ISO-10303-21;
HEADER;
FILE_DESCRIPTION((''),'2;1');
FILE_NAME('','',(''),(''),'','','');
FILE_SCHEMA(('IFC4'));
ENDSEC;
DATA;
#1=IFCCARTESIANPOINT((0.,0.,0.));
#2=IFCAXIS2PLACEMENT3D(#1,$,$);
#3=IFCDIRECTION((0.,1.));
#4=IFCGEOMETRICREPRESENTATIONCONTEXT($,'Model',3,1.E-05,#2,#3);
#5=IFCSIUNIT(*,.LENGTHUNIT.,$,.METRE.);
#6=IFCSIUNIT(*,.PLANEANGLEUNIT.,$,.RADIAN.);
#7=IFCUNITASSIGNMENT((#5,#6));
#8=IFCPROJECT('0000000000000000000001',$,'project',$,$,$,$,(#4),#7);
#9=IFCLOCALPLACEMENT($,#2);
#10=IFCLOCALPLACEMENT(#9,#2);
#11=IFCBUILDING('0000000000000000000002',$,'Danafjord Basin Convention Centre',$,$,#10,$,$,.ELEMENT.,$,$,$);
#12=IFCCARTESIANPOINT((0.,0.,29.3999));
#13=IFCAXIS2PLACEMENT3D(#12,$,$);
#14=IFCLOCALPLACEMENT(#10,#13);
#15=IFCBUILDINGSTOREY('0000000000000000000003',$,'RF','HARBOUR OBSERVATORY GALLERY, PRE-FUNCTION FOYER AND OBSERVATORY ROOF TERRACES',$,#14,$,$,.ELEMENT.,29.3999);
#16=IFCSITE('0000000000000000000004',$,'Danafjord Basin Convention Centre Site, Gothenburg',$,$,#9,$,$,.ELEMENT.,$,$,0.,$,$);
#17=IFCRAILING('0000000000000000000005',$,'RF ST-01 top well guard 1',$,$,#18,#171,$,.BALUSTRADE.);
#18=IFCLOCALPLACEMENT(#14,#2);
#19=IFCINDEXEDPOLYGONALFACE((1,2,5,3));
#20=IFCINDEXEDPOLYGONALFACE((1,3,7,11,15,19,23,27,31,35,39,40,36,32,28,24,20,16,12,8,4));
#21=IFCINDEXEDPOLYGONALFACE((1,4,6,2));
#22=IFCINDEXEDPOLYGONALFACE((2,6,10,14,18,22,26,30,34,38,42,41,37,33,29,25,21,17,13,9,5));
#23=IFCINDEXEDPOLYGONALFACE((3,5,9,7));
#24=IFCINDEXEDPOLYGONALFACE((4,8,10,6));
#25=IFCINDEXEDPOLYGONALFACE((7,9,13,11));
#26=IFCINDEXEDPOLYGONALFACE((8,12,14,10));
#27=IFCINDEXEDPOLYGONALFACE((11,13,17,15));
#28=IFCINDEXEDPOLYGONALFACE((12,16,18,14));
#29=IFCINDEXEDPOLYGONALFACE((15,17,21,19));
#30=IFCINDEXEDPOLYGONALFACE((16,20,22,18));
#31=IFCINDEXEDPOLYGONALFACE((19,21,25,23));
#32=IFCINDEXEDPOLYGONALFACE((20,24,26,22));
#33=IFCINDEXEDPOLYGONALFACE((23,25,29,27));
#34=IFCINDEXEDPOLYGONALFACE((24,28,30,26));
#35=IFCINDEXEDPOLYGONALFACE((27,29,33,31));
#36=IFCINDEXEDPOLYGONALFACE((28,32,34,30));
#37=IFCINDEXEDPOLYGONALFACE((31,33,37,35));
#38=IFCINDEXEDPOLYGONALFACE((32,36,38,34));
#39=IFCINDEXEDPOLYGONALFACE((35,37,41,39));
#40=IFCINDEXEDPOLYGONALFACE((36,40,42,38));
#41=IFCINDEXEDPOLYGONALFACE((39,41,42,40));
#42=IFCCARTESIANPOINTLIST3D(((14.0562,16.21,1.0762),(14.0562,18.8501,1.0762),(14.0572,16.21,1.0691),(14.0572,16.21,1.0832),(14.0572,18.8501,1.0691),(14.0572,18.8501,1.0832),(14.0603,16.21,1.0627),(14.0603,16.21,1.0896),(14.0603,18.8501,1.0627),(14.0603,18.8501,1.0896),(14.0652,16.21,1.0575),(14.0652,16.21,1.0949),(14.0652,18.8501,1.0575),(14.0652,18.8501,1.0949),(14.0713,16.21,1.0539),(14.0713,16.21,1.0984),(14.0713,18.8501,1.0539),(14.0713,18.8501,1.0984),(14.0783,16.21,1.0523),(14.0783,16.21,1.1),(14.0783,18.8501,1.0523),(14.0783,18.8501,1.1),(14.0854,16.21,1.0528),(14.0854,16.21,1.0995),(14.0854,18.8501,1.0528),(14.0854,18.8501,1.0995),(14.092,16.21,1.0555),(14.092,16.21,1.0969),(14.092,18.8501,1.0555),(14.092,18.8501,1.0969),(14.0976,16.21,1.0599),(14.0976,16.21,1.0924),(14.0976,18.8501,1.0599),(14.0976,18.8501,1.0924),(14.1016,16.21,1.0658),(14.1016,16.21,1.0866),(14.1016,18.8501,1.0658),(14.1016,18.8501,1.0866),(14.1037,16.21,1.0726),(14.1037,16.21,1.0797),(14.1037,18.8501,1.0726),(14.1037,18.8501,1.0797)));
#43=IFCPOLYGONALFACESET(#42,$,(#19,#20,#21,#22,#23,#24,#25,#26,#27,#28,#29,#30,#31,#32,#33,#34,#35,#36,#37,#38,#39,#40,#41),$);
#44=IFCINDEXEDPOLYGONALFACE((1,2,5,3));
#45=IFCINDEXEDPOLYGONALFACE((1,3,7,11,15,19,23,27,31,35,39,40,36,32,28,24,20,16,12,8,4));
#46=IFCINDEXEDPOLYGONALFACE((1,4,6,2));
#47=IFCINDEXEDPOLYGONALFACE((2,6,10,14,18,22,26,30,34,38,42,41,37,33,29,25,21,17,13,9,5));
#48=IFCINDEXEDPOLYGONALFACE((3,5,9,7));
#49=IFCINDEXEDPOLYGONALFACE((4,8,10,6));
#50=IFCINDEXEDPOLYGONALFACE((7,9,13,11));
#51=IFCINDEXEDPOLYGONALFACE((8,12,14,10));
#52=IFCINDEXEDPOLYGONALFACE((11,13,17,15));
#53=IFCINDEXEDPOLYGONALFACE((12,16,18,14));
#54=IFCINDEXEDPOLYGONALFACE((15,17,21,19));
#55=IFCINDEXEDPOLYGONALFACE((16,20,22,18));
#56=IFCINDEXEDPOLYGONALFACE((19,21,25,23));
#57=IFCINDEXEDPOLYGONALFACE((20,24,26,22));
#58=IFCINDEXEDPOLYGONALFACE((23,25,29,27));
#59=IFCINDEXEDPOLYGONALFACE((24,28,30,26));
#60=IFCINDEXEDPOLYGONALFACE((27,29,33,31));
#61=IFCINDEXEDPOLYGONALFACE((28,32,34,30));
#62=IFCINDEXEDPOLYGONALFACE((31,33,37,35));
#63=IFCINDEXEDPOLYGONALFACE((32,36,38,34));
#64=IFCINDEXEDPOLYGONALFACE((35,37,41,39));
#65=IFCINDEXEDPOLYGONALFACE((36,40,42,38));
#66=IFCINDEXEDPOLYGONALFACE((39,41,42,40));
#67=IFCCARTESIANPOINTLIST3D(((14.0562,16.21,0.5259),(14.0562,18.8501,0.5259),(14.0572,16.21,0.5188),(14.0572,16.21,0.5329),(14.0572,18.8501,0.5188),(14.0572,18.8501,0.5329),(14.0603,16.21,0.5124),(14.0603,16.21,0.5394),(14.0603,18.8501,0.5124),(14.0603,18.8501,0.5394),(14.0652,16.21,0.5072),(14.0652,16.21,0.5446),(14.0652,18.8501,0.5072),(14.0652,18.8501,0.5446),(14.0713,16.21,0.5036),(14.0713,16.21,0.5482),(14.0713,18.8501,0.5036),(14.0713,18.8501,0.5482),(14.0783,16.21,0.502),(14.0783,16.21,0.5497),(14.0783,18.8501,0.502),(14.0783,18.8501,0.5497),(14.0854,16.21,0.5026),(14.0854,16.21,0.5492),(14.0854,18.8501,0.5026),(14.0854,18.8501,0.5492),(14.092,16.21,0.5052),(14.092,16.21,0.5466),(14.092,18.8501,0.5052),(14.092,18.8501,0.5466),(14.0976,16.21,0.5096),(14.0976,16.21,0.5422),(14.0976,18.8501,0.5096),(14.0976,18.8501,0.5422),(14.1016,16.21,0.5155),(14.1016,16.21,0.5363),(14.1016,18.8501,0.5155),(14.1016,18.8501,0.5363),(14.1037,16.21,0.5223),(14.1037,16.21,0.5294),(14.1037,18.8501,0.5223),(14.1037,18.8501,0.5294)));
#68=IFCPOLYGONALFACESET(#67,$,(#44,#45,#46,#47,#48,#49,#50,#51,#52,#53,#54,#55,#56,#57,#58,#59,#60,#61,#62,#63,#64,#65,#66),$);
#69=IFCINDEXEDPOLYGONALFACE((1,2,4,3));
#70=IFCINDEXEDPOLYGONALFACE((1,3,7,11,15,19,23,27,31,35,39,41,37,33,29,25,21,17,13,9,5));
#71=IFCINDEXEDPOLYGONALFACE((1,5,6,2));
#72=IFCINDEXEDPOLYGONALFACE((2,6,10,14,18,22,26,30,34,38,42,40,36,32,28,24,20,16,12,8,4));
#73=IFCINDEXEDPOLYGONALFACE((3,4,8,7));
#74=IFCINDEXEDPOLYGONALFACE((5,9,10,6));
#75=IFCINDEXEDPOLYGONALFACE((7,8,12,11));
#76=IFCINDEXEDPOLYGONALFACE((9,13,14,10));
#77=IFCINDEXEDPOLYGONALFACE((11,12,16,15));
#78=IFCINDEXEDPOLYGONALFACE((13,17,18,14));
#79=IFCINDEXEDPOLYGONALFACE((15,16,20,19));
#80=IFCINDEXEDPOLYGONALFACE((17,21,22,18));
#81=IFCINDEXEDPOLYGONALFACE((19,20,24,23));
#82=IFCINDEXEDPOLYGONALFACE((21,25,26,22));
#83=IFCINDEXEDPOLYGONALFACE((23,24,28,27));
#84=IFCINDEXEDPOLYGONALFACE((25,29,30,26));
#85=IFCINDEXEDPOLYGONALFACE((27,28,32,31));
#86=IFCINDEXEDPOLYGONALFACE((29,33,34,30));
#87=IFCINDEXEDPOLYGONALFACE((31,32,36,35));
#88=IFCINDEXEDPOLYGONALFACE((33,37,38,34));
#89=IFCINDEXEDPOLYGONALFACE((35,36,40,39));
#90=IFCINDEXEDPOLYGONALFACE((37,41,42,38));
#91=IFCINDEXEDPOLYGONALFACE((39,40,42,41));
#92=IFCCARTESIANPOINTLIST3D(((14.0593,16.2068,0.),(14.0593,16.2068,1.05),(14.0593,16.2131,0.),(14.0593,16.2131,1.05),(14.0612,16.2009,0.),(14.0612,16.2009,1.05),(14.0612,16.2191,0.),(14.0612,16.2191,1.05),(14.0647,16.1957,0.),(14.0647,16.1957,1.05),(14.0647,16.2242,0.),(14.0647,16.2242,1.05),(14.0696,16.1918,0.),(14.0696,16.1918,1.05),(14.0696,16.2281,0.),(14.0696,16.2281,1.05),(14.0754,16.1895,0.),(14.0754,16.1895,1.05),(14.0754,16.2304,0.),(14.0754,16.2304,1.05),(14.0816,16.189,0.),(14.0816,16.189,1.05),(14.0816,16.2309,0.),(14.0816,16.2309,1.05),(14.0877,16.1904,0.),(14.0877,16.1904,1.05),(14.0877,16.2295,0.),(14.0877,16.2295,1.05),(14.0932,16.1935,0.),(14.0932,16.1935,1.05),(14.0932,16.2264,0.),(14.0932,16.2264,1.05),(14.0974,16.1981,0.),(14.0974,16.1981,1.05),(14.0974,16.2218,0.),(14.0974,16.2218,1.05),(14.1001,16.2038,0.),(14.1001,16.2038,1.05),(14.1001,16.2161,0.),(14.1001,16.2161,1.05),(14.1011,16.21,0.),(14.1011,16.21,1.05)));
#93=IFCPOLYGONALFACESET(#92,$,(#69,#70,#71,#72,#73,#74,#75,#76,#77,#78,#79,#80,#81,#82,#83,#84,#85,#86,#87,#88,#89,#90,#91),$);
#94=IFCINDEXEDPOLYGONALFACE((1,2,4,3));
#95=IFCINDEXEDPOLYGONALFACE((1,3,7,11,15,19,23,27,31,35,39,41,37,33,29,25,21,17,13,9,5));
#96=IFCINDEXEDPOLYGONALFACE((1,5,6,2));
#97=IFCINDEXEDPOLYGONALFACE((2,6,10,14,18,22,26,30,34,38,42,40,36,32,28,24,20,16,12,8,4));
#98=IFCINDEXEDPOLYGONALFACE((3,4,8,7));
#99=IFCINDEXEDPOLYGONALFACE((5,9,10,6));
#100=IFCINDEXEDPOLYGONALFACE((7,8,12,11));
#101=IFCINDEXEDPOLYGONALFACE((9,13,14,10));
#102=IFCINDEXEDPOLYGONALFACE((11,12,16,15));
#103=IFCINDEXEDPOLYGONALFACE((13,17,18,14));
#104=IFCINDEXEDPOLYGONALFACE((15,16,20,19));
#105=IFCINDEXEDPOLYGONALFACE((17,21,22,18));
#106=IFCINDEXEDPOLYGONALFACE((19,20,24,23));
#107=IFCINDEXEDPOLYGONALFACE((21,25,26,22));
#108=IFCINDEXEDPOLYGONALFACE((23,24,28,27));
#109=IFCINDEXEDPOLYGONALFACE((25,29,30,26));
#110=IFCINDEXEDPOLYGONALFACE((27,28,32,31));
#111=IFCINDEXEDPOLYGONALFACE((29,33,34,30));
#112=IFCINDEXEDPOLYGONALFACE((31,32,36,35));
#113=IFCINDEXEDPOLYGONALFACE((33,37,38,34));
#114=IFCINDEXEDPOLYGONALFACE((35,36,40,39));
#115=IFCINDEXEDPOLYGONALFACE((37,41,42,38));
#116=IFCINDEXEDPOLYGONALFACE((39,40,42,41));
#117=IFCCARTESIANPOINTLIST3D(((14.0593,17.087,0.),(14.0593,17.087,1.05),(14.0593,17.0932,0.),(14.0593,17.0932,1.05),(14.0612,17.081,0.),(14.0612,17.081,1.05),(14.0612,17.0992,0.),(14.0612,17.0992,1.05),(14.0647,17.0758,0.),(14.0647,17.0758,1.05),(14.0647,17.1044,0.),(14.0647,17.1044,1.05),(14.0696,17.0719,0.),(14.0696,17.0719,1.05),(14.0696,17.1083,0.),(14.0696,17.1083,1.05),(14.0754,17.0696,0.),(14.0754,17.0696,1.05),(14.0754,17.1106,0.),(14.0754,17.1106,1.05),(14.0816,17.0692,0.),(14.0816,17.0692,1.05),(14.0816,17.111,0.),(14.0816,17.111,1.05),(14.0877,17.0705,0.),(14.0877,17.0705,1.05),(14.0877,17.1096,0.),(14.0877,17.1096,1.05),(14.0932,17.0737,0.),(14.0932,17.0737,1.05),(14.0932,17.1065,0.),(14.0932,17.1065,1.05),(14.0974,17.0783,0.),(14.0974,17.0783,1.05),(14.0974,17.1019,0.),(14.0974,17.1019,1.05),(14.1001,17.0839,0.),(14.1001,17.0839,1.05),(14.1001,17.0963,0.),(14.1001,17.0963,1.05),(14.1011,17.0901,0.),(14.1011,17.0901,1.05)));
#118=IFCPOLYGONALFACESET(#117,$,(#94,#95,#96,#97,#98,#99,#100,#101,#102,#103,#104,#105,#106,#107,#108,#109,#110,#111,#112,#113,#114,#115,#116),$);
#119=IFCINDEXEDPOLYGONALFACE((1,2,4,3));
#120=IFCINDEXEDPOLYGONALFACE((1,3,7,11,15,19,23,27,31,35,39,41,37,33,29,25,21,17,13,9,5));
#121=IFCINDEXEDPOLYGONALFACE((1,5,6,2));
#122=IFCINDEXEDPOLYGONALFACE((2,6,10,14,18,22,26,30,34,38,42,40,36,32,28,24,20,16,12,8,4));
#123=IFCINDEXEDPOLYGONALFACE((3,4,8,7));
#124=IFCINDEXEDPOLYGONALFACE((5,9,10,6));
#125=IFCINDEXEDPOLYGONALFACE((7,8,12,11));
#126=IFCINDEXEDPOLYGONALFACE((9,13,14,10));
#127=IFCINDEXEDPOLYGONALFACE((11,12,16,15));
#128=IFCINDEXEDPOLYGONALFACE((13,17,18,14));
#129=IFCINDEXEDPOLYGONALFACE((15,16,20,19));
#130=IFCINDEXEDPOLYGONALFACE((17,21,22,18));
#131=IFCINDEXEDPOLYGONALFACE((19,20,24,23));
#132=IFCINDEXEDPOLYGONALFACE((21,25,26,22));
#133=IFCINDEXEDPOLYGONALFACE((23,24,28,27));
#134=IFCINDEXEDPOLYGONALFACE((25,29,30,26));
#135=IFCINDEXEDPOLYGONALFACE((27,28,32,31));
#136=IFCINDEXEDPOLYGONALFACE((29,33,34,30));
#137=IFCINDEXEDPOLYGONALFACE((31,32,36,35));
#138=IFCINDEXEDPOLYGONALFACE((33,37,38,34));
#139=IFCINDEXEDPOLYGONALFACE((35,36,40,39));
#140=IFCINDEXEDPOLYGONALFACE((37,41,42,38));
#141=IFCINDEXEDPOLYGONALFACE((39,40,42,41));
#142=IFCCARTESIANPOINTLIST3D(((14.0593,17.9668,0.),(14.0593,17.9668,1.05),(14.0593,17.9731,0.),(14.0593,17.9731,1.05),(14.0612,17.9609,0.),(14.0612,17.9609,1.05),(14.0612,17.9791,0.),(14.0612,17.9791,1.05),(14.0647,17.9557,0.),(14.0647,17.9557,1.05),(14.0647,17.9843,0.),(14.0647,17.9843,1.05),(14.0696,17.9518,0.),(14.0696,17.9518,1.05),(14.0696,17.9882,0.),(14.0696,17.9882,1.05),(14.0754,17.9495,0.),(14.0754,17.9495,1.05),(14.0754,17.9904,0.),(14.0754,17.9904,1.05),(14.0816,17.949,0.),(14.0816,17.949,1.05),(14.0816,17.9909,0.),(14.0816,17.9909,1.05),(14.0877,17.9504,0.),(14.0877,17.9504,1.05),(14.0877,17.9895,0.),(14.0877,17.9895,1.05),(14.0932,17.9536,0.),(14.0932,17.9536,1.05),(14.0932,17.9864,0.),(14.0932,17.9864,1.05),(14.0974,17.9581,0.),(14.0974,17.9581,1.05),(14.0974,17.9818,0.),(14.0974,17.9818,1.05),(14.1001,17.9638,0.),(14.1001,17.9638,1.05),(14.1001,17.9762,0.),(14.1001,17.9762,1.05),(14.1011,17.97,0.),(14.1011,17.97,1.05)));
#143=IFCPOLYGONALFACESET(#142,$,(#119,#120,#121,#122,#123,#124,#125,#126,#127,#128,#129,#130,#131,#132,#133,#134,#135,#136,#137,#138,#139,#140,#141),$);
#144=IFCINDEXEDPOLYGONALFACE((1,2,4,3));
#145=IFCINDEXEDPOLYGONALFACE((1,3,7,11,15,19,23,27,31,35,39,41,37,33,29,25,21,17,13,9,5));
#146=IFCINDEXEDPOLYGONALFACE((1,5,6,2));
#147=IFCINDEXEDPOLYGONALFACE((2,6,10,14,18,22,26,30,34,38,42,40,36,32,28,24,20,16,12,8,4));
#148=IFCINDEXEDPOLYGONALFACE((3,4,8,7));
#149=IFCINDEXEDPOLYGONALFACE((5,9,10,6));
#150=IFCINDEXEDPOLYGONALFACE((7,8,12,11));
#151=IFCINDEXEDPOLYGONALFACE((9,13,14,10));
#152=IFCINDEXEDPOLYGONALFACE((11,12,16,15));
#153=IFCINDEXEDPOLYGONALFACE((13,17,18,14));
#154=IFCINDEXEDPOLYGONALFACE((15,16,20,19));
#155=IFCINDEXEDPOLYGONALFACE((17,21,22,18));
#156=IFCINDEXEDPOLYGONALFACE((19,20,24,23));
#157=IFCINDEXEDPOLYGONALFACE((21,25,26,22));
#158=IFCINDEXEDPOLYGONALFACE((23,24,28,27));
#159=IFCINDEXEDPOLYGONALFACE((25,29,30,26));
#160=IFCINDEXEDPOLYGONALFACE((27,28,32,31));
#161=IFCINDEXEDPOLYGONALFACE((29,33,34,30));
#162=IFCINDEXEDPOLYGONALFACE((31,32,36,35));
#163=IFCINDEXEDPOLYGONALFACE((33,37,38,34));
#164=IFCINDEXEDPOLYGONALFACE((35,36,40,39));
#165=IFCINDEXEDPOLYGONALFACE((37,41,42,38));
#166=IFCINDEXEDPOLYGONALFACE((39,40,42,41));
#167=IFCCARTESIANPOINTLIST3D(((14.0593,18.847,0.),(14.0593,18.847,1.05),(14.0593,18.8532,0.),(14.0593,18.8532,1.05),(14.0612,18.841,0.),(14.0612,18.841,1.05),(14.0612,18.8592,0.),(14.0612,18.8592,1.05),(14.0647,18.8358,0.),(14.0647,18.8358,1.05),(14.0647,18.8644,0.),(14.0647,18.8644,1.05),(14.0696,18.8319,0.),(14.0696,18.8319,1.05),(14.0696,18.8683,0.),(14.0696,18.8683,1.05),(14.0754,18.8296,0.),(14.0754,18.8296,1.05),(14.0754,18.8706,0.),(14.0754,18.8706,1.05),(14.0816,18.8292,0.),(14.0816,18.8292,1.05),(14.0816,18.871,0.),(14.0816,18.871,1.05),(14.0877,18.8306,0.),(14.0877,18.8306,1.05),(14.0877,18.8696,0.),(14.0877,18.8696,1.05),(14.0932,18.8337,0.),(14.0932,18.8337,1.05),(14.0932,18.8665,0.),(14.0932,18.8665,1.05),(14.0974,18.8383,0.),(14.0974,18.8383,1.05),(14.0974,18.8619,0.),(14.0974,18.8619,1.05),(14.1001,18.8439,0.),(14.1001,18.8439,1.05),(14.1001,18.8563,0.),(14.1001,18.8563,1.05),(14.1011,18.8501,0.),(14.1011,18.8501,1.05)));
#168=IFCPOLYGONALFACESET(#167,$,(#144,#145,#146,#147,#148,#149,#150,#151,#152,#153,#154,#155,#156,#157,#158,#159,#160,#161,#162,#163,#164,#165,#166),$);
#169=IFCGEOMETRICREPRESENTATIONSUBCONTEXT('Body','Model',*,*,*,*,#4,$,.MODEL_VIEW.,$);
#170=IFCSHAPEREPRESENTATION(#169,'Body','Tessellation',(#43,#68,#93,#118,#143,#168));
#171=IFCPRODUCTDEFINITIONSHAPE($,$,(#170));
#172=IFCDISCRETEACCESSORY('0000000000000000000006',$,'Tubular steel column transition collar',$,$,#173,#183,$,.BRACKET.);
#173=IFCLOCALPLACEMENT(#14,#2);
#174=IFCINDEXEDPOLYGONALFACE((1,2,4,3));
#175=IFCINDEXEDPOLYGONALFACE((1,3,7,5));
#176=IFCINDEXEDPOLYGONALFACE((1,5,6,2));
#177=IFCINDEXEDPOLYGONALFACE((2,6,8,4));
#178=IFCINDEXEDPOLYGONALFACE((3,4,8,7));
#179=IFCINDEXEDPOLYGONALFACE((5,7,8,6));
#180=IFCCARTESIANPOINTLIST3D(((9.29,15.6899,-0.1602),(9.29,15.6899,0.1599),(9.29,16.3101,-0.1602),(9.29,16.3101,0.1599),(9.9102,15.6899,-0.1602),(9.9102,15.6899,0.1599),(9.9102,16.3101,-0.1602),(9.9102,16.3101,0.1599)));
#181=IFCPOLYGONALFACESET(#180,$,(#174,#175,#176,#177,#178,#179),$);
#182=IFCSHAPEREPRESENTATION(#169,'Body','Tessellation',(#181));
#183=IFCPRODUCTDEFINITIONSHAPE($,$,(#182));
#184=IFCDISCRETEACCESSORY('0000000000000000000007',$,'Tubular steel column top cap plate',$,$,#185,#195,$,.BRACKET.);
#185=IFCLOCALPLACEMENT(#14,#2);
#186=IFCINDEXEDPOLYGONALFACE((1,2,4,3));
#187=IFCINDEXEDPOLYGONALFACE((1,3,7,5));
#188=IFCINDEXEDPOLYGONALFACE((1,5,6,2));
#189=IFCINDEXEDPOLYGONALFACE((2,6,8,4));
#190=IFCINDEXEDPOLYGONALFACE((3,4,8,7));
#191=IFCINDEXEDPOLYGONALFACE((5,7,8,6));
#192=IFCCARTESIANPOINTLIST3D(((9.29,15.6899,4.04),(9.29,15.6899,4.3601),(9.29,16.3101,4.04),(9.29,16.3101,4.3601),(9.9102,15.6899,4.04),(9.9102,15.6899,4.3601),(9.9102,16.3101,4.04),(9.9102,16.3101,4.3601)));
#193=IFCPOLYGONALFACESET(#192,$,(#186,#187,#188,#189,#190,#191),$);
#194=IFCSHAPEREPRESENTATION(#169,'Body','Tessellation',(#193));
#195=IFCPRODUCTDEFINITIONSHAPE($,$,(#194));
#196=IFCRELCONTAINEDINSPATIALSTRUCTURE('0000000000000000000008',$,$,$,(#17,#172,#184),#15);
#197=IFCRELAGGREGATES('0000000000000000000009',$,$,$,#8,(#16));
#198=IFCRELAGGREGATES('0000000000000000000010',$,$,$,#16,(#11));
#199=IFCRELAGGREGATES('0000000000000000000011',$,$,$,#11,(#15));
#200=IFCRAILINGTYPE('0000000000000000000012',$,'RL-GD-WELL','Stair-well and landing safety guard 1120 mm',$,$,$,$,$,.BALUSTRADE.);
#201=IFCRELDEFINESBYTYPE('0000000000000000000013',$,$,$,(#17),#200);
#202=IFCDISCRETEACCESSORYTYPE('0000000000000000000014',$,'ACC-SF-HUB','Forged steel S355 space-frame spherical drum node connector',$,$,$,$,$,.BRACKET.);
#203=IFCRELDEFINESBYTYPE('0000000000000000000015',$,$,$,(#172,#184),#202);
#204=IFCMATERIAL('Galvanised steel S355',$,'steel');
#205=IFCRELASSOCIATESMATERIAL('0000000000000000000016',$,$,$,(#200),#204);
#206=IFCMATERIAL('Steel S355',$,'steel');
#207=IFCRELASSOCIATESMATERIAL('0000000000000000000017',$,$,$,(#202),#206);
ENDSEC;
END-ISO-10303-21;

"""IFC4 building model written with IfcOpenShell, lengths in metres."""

from ifc_helpers import new_model, si_unit, direction, frame, origin, origin_2d, place, context, subcontext, project, spatial, rectangle, circle, extrude, material, type_object, element, save


model = new_model("IFC4")

# Units and contexts
model_context = context("Model", 3, precision=1e-05, world=origin(), true_north=direction((0.0, 1.0)))
body_context = subcontext(model_context, "Body", "Model", "MODEL_VIEW")
ifc_project = project(units=[si_unit("LENGTHUNIT", "METRE"), si_unit("PLANEANGLEUNIT", "RADIAN")], contexts=[model_context])

# Site, building, storey
site_placement = place(None, origin())
site = spatial("IfcSite", under=ifc_project, at=site_placement, Name="Danafjord Basin Convention Centre Site, Gothenburg", CompositionType="ELEMENT", RefElevation=0.0)
building_placement = place(site_placement, origin())
building = spatial("IfcBuilding", under=site, at=building_placement, Name="Danafjord Basin Convention Centre", CompositionType="ELEMENT")
storey_placement = place(building_placement, frame((0.0, 0.0, 29.3999)))
storey = spatial("IfcBuildingStorey", under=building, at=storey_placement, Name="RF", Description="HARBOUR OBSERVATORY GALLERY, PRE-FUNCTION FOYER AND OBSERVATORY ROOF TERRACES", CompositionType="ELEMENT", Elevation=29.3999)

# Shared definitions
ifc_material_1 = material(Name="Steel S355", Category="steel")

# Railing
ifc_material_2 = material(Name="Galvanised steel S355", Category="steel")
railing_type = type_object("IfcRailingType", Name="RL-GD-WELL", Description="Stair-well and landing safety guard 1120 mm", PredefinedType="BALUSTRADE", material=ifc_material_2)
railing_placement = place(storey_placement, frame((14.0801, 16.21, 0.0)))
element("IfcRailing", 1, at=railing_placement, inside=storey, type_object=railing_type, Name="RF ST-01 top well guard 1", PredefinedType="BALUSTRADE", context=body_context, shape_type="SweptSolid", body=[
    extrude(circle(Radius=0.0239, at=origin_2d()), frame((0.0, 0.0, 1.0762), z_axis=(0.0, 1.0, 0.0), x_axis=(-1.0, 0.0, 0.0)), (0.0, 0.0, 1.0), 2.6401),
    extrude(circle(Radius=0.0239, at=origin_2d()), frame((0.0, 0.0, 0.5259), z_axis=(0.0, 1.0, 0.0), x_axis=(-1.0, 0.0, 0.0)), (0.0, 0.0, 1.0), 2.6401),
    extrude(circle(Radius=0.021, at=origin_2d()), origin(), (0.0, 0.0, 1.0), 1.05),
    extrude(circle(Radius=0.021, at=origin_2d()), frame((0.0, 0.8801, 0.0)), (0.0, 0.0, 1.0), 1.05),
    extrude(circle(Radius=0.021, at=origin_2d()), frame((0.0, 1.76, 0.0)), (0.0, 0.0, 1.0), 1.05),
    extrude(circle(Radius=0.021, at=origin_2d()), frame((0.0, 2.6401, 0.0)), (0.0, 0.0, 1.0), 1.05),
])

# Discrete accessories
discrete_accessory_type = type_object("IfcDiscreteAccessoryType", Name="ACC-SF-HUB", Description="Forged steel S355 space-frame spherical drum node connector", PredefinedType="BRACKET", material=ifc_material_1)
for number, where, z_axis, x_axis, name in (
    (2, (9.6001, 16.0, -0.1602), (0.0, 0.0, 1.0), (1.0, 0.0, 0.0), "Tubular steel column transition collar"),
    (3, (9.6001, 16.0, 4.04), (0.0, 0.0, 1.0), (1.0, 0.0, 0.0), "Tubular steel column top cap plate"),
):
    element("IfcDiscreteAccessory", number, at=place(storey_placement, frame(where, z_axis=z_axis, x_axis=x_axis)), inside=storey, type_object=discrete_accessory_type, Name=name, PredefinedType="BRACKET", context=body_context, shape_type="SweptSolid", body=[
        extrude(rectangle(XDim=0.6201, YDim=0.6201, at=origin_2d()), origin(), (0.0, 0.0, 1.0), 0.3201),
    ])

save(model, "model.ifc")
